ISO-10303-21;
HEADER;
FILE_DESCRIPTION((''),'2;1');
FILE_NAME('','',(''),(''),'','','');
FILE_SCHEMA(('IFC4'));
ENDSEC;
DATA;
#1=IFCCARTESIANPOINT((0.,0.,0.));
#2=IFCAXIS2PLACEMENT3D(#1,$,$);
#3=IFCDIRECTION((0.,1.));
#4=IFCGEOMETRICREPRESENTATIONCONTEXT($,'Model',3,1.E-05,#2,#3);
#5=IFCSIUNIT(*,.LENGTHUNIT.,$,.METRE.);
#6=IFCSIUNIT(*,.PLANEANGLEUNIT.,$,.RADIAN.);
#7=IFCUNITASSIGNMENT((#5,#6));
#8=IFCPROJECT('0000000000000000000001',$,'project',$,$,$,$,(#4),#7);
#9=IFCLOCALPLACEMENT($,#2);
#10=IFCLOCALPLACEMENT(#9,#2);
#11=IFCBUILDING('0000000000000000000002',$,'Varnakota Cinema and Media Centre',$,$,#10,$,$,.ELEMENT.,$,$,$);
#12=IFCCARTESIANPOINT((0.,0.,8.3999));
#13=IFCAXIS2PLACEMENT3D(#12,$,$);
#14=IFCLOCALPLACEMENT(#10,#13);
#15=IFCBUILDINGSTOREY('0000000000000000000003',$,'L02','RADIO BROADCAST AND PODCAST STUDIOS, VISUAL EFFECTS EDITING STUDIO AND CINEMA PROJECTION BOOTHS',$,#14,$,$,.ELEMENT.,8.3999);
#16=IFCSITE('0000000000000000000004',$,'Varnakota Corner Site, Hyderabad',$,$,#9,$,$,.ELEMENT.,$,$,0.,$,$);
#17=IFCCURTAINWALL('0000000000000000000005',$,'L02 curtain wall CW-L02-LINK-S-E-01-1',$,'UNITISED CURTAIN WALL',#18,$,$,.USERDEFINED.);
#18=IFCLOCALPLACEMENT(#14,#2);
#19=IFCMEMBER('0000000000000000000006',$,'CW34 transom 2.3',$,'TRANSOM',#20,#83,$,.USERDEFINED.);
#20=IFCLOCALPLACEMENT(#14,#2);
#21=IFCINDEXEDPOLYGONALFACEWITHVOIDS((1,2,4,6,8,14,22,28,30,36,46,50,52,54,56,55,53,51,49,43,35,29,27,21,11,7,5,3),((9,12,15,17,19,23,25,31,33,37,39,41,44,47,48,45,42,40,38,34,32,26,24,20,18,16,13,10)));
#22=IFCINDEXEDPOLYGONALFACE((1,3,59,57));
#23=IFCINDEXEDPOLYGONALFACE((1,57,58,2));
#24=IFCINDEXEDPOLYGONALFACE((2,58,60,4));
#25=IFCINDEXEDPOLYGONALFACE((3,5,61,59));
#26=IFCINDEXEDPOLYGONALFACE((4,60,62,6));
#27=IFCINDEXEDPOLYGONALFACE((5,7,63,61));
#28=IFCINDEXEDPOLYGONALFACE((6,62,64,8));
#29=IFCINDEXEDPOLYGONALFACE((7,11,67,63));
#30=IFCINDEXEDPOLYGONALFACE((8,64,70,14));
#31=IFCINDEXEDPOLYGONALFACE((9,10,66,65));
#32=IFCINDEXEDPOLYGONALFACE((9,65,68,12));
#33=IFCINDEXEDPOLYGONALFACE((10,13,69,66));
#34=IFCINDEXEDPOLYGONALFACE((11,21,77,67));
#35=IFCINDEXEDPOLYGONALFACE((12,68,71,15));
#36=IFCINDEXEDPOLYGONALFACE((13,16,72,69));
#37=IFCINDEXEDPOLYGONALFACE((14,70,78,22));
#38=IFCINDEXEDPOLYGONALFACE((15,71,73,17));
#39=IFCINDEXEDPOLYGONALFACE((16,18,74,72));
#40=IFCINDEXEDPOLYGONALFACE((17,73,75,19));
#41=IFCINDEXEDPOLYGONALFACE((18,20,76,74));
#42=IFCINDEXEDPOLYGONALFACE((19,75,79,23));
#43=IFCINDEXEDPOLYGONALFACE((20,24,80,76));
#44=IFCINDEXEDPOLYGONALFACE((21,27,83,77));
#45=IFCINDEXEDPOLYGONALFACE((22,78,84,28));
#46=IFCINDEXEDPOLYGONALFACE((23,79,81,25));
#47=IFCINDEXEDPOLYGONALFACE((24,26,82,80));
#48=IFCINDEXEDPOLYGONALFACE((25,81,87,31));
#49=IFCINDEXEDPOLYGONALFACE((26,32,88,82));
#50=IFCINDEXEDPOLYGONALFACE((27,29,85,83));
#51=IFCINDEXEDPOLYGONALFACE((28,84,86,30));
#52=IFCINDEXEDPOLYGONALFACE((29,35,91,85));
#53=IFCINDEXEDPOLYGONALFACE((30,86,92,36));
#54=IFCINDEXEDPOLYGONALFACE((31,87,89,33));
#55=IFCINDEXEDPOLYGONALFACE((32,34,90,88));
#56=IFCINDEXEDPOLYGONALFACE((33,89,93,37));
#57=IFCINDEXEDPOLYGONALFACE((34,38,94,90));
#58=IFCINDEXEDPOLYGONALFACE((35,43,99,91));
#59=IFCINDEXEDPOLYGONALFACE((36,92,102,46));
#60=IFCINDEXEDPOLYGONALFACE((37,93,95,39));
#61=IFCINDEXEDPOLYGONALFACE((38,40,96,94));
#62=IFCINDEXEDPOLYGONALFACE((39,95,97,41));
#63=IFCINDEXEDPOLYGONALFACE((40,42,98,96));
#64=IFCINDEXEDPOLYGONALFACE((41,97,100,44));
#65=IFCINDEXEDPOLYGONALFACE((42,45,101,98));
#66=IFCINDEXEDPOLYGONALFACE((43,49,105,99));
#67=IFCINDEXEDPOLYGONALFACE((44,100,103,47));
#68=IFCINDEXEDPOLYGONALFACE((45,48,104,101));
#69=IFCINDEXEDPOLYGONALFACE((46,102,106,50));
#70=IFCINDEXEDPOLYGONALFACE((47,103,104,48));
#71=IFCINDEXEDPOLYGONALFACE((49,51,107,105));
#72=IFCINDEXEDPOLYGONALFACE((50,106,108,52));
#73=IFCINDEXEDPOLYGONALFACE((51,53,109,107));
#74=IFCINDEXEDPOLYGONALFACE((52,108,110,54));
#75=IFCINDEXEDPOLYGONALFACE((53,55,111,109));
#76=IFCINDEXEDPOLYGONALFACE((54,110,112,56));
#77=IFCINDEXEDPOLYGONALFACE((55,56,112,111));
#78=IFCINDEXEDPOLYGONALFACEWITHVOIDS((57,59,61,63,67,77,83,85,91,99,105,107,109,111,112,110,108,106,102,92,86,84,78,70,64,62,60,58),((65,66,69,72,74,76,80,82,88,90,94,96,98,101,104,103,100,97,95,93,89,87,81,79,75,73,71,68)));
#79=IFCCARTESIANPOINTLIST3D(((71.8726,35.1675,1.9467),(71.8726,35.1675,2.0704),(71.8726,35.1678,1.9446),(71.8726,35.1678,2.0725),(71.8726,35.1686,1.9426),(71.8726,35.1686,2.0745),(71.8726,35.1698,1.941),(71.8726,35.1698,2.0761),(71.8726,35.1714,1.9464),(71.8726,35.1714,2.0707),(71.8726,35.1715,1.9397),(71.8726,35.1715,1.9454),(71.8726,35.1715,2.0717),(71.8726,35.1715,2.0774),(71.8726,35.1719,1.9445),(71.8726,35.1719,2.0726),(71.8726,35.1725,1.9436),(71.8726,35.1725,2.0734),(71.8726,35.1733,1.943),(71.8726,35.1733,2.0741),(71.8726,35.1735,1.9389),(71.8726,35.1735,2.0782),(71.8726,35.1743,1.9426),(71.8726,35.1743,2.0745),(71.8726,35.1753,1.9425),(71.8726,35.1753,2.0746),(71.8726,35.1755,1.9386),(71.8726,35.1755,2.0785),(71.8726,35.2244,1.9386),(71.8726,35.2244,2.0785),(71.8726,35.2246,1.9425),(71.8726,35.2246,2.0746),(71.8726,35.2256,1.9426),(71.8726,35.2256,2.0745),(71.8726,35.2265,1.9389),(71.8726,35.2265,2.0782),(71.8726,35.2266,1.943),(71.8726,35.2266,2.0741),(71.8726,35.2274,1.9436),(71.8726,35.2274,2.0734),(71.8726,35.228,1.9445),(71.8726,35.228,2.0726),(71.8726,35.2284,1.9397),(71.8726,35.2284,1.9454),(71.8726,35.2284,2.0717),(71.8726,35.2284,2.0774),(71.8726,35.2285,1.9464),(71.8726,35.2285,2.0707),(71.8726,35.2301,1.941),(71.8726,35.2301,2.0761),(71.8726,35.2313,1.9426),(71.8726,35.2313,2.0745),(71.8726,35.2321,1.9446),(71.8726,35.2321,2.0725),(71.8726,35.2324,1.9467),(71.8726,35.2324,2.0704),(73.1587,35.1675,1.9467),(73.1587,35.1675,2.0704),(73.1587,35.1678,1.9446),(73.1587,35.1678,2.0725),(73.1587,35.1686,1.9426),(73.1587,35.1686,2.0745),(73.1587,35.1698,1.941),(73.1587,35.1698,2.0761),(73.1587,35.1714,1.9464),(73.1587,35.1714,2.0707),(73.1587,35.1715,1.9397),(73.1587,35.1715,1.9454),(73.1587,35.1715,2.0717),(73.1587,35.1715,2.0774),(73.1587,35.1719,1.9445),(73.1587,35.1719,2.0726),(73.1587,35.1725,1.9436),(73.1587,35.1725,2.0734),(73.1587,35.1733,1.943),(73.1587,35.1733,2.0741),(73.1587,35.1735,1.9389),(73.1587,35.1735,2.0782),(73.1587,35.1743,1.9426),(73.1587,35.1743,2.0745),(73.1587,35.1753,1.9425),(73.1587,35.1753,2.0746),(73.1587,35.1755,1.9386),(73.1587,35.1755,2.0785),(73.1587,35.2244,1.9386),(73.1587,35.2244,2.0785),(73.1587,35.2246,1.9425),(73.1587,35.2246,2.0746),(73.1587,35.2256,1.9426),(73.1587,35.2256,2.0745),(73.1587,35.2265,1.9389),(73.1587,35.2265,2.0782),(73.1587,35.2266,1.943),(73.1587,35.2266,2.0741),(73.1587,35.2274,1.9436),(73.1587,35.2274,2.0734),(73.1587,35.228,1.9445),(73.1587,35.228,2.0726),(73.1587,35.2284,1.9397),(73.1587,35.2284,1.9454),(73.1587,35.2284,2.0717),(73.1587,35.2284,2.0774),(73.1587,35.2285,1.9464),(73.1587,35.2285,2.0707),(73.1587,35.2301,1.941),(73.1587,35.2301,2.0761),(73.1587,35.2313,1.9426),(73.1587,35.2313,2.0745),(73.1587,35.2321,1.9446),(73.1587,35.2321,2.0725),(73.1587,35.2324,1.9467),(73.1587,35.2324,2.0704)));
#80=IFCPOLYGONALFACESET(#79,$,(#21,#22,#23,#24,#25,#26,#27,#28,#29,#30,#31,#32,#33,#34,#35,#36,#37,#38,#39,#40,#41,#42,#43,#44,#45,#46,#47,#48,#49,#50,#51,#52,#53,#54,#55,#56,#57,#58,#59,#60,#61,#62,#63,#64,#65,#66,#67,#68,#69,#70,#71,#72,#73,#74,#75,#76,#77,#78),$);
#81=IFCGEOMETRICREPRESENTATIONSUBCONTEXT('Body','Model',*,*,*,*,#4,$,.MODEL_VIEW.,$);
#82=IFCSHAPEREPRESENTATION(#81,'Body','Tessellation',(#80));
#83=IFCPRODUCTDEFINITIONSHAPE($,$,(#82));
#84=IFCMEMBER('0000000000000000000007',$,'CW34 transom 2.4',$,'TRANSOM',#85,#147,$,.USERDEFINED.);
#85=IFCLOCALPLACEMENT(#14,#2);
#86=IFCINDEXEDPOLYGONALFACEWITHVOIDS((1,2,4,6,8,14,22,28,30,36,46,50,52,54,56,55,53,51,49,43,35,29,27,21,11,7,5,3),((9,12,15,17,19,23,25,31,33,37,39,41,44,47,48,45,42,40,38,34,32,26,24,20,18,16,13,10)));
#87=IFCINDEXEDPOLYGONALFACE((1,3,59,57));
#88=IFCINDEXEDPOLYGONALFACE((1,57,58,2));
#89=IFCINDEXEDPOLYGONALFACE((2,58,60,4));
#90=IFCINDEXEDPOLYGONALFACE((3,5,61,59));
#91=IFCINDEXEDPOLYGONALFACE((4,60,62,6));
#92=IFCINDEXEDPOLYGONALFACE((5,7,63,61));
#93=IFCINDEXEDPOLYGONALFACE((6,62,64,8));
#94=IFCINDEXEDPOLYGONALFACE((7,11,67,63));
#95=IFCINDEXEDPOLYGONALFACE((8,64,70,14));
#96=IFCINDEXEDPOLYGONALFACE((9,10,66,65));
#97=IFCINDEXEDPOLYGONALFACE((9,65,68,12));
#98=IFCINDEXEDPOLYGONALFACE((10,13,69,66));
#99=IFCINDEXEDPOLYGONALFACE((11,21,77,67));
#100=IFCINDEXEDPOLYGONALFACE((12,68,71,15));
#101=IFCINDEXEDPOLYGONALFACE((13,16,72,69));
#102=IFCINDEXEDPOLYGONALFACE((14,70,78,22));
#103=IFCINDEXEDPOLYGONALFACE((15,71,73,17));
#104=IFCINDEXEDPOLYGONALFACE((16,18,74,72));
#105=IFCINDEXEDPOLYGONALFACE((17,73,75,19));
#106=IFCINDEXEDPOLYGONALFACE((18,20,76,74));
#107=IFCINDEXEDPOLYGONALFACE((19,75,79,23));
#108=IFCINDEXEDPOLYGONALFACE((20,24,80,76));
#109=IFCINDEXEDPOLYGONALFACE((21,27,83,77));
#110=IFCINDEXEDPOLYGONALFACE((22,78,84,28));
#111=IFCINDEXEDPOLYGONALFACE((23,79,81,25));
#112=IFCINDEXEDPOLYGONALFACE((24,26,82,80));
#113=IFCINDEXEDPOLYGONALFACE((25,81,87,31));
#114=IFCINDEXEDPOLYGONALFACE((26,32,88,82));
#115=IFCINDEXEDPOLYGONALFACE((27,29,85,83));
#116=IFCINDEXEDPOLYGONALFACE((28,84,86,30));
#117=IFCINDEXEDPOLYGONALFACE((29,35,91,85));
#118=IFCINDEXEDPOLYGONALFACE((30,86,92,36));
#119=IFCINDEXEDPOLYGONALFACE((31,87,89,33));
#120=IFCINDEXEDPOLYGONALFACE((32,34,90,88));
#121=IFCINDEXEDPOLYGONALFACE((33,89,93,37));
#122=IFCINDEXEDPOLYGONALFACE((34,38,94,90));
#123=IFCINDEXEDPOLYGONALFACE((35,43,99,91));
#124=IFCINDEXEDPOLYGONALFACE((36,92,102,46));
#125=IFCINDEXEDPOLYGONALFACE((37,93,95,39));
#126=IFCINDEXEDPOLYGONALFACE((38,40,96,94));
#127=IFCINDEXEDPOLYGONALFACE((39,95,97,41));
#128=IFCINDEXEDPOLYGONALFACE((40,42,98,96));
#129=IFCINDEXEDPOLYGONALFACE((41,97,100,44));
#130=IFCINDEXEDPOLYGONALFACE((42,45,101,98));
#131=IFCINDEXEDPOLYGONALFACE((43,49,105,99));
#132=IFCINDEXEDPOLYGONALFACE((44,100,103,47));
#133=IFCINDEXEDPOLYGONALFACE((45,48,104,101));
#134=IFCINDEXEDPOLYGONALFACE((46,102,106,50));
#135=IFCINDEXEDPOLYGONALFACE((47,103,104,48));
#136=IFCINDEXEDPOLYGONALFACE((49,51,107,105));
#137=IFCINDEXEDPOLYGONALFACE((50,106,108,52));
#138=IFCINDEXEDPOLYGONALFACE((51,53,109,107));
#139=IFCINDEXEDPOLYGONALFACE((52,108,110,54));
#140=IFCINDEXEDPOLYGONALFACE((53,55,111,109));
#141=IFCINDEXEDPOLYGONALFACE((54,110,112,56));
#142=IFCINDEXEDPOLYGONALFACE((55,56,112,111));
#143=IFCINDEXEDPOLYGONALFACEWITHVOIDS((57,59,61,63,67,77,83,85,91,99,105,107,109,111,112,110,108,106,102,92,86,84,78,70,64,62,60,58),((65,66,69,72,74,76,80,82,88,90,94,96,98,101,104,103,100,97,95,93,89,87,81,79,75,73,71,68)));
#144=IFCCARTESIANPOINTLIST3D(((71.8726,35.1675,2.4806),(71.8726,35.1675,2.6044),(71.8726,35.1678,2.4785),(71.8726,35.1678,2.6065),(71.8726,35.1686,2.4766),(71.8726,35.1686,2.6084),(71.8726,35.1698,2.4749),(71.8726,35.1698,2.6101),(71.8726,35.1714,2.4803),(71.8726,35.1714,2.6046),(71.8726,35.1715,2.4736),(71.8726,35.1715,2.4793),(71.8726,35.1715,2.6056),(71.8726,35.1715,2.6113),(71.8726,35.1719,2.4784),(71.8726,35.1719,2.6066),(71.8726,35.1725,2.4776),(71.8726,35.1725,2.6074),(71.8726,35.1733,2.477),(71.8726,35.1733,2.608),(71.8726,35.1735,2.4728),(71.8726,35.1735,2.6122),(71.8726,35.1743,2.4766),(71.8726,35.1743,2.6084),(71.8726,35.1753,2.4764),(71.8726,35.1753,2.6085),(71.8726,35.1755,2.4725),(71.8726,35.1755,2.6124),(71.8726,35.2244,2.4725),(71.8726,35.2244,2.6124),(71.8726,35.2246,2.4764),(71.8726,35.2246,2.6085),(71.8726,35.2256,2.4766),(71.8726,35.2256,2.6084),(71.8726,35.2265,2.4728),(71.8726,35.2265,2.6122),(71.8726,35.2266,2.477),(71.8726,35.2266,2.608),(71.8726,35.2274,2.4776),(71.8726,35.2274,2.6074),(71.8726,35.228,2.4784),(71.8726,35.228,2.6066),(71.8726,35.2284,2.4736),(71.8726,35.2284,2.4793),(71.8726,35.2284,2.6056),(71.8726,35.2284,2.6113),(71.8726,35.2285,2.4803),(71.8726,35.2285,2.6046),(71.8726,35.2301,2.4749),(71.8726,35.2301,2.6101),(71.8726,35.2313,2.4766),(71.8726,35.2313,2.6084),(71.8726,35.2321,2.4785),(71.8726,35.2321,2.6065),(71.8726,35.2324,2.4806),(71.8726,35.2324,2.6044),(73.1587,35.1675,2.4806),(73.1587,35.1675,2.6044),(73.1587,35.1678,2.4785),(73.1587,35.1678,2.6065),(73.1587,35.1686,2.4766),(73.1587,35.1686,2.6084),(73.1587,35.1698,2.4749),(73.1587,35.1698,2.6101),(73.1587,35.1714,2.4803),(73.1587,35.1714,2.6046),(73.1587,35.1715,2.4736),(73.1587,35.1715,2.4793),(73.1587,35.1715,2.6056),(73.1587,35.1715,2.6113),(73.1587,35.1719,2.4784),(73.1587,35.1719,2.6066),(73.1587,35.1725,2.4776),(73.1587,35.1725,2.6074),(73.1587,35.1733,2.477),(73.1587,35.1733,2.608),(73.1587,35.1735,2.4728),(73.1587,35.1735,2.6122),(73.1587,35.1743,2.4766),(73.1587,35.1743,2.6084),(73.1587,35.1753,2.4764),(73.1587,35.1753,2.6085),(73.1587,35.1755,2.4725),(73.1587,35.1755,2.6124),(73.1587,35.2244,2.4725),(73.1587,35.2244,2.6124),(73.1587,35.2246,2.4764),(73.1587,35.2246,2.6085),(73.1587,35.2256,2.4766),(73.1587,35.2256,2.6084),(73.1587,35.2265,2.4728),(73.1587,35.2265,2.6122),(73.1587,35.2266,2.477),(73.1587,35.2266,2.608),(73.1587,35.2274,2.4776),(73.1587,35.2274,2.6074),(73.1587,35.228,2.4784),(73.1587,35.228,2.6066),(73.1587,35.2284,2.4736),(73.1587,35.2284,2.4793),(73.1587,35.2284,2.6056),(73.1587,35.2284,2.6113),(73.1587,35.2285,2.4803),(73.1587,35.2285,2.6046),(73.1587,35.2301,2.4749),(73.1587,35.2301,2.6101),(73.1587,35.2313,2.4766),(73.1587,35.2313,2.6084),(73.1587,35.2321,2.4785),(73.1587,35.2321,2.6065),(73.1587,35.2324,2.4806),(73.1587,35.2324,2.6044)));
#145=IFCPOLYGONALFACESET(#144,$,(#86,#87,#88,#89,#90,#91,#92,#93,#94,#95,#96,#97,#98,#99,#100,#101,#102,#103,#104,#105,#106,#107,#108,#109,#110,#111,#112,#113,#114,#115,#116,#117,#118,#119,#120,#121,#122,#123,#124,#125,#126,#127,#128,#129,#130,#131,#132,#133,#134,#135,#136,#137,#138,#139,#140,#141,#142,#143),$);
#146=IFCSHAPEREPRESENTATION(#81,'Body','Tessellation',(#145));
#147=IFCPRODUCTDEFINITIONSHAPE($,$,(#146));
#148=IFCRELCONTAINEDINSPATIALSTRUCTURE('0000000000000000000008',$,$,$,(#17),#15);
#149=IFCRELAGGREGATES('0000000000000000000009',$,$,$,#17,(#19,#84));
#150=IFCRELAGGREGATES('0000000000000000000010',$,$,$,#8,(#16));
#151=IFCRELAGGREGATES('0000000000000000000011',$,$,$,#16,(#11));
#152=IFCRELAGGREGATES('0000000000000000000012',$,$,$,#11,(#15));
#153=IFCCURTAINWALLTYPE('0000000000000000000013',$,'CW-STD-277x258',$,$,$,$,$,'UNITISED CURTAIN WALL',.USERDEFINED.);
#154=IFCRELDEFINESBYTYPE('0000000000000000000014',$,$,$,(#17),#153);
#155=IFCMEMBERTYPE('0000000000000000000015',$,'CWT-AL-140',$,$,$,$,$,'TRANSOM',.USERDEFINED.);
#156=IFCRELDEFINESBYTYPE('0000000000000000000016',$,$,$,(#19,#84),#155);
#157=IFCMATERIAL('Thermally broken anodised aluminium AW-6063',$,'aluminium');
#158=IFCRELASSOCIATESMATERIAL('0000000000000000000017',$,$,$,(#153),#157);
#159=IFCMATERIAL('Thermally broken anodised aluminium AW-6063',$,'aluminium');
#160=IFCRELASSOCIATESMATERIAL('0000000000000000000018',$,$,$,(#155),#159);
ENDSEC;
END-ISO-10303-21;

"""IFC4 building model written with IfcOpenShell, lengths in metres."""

from ifc_helpers import new_model, si_unit, direction, frame, origin, origin_2d, place, context, subcontext, project, spatial, hollow_rectangle, extrude, material, material_profile, profile_set, type_object, element, aggregate, save


model = new_model("IFC4")

# Units and contexts
model_context = context("Model", 3, precision=1e-05, world=origin(), true_north=direction((0.0, 1.0)))
body_context = subcontext(model_context, "Body", "Model", "MODEL_VIEW")
ifc_project = project(units=[si_unit("LENGTHUNIT", "METRE"), si_unit("PLANEANGLEUNIT", "RADIAN")], contexts=[model_context])

# Site, building, storey
site_placement = place(None, origin())
site = spatial("IfcSite", under=ifc_project, at=site_placement, Name="Varnakota Corner Site, Hyderabad", CompositionType="ELEMENT", RefElevation=0.0)
building_placement = place(site_placement, origin())
building = spatial("IfcBuilding", under=site, at=building_placement, Name="Varnakota Cinema and Media Centre", CompositionType="ELEMENT")
storey_placement = place(building_placement, frame((0.0, 0.0, 8.3999)))
storey = spatial("IfcBuildingStorey", under=building, at=storey_placement, Name="L02", Description="RADIO BROADCAST AND PODCAST STUDIOS, VISUAL EFFECTS EDITING STUDIO AND CINEMA PROJECTION BOOTHS", CompositionType="ELEMENT", Elevation=8.3999)

# Curtain wall
ifc_material_1 = material(Name="Thermally broken anodised aluminium AW-6063", Category="aluminium")
curtain_wall_type = type_object("IfcCurtainWallType", Name="CW-STD-277x258", ElementType="UNITISED CURTAIN WALL", PredefinedType="USERDEFINED", material=ifc_material_1)
curtain_wall_1_placement = place(storey_placement, origin())
curtain_wall_1 = element("IfcCurtainWall", 1, at=curtain_wall_1_placement, inside=storey, type_object=curtain_wall_type, Name="L02 curtain wall CW-L02-LINK-S-E-01-1", ObjectType="UNITISED CURTAIN WALL", PredefinedType="USERDEFINED")

# Members
ifc_material_2 = material(Name="Thermally broken anodised aluminium AW-6063", Category="aluminium")
ifc_material_profile_1 = material_profile(ifc_material_2, hollow_rectangle(XDim=0.0649, YDim=0.1399, WallThickness=0.0039, InnerFilletRadius=0.0039, OuterFilletRadius=0.0081, at=origin_2d()), Name="AL-TRANSOM 140x65x4")
ifc_profile_set_1 = profile_set([ifc_material_profile_1], Name="Thermally broken anodised aluminium AW-6063")
member_type_1 = type_object("IfcMemberType", Name="CWT-AL-140", ElementType="TRANSOM", PredefinedType="USERDEFINED", material=ifc_profile_set_1)
member_1_placement = place(storey_placement, frame((73.1587, 35.2, 2.0085), z_axis=(-1.0, 0.0, 0.0), x_axis=(0.0, -1.0, 0.0)))
member_1 = element("IfcMember", 2, at=member_1_placement, type_object=member_type_1, Name="CW34 transom 2.3", ObjectType="TRANSOM", PredefinedType="USERDEFINED", context=body_context, shape_type="SweptSolid", body=[
    extrude(hollow_rectangle(XDim=0.0649, YDim=0.1399, WallThickness=0.0039, InnerFilletRadius=0.0039, OuterFilletRadius=0.0081, at=origin_2d()), origin(), (0.0, 0.0, 1.0), 1.2861),
])
member_2_placement = place(storey_placement, frame((73.1587, 35.2, 2.5425), z_axis=(-1.0, 0.0, 0.0), x_axis=(0.0, -1.0, 0.0)))
member_2 = element("IfcMember", 3, at=member_2_placement, type_object=member_type_1, Name="CW34 transom 2.4", ObjectType="TRANSOM", PredefinedType="USERDEFINED", context=body_context, shape_type="SweptSolid", body=[
    extrude(hollow_rectangle(XDim=0.0649, YDim=0.1399, WallThickness=0.0039, InnerFilletRadius=0.0039, OuterFilletRadius=0.0081, at=origin_2d()), origin(), (0.0, 0.0, 1.0), 1.2861),
])

aggregate(curtain_wall_1, [member_1, member_2])

save(model, "model.ifc")
